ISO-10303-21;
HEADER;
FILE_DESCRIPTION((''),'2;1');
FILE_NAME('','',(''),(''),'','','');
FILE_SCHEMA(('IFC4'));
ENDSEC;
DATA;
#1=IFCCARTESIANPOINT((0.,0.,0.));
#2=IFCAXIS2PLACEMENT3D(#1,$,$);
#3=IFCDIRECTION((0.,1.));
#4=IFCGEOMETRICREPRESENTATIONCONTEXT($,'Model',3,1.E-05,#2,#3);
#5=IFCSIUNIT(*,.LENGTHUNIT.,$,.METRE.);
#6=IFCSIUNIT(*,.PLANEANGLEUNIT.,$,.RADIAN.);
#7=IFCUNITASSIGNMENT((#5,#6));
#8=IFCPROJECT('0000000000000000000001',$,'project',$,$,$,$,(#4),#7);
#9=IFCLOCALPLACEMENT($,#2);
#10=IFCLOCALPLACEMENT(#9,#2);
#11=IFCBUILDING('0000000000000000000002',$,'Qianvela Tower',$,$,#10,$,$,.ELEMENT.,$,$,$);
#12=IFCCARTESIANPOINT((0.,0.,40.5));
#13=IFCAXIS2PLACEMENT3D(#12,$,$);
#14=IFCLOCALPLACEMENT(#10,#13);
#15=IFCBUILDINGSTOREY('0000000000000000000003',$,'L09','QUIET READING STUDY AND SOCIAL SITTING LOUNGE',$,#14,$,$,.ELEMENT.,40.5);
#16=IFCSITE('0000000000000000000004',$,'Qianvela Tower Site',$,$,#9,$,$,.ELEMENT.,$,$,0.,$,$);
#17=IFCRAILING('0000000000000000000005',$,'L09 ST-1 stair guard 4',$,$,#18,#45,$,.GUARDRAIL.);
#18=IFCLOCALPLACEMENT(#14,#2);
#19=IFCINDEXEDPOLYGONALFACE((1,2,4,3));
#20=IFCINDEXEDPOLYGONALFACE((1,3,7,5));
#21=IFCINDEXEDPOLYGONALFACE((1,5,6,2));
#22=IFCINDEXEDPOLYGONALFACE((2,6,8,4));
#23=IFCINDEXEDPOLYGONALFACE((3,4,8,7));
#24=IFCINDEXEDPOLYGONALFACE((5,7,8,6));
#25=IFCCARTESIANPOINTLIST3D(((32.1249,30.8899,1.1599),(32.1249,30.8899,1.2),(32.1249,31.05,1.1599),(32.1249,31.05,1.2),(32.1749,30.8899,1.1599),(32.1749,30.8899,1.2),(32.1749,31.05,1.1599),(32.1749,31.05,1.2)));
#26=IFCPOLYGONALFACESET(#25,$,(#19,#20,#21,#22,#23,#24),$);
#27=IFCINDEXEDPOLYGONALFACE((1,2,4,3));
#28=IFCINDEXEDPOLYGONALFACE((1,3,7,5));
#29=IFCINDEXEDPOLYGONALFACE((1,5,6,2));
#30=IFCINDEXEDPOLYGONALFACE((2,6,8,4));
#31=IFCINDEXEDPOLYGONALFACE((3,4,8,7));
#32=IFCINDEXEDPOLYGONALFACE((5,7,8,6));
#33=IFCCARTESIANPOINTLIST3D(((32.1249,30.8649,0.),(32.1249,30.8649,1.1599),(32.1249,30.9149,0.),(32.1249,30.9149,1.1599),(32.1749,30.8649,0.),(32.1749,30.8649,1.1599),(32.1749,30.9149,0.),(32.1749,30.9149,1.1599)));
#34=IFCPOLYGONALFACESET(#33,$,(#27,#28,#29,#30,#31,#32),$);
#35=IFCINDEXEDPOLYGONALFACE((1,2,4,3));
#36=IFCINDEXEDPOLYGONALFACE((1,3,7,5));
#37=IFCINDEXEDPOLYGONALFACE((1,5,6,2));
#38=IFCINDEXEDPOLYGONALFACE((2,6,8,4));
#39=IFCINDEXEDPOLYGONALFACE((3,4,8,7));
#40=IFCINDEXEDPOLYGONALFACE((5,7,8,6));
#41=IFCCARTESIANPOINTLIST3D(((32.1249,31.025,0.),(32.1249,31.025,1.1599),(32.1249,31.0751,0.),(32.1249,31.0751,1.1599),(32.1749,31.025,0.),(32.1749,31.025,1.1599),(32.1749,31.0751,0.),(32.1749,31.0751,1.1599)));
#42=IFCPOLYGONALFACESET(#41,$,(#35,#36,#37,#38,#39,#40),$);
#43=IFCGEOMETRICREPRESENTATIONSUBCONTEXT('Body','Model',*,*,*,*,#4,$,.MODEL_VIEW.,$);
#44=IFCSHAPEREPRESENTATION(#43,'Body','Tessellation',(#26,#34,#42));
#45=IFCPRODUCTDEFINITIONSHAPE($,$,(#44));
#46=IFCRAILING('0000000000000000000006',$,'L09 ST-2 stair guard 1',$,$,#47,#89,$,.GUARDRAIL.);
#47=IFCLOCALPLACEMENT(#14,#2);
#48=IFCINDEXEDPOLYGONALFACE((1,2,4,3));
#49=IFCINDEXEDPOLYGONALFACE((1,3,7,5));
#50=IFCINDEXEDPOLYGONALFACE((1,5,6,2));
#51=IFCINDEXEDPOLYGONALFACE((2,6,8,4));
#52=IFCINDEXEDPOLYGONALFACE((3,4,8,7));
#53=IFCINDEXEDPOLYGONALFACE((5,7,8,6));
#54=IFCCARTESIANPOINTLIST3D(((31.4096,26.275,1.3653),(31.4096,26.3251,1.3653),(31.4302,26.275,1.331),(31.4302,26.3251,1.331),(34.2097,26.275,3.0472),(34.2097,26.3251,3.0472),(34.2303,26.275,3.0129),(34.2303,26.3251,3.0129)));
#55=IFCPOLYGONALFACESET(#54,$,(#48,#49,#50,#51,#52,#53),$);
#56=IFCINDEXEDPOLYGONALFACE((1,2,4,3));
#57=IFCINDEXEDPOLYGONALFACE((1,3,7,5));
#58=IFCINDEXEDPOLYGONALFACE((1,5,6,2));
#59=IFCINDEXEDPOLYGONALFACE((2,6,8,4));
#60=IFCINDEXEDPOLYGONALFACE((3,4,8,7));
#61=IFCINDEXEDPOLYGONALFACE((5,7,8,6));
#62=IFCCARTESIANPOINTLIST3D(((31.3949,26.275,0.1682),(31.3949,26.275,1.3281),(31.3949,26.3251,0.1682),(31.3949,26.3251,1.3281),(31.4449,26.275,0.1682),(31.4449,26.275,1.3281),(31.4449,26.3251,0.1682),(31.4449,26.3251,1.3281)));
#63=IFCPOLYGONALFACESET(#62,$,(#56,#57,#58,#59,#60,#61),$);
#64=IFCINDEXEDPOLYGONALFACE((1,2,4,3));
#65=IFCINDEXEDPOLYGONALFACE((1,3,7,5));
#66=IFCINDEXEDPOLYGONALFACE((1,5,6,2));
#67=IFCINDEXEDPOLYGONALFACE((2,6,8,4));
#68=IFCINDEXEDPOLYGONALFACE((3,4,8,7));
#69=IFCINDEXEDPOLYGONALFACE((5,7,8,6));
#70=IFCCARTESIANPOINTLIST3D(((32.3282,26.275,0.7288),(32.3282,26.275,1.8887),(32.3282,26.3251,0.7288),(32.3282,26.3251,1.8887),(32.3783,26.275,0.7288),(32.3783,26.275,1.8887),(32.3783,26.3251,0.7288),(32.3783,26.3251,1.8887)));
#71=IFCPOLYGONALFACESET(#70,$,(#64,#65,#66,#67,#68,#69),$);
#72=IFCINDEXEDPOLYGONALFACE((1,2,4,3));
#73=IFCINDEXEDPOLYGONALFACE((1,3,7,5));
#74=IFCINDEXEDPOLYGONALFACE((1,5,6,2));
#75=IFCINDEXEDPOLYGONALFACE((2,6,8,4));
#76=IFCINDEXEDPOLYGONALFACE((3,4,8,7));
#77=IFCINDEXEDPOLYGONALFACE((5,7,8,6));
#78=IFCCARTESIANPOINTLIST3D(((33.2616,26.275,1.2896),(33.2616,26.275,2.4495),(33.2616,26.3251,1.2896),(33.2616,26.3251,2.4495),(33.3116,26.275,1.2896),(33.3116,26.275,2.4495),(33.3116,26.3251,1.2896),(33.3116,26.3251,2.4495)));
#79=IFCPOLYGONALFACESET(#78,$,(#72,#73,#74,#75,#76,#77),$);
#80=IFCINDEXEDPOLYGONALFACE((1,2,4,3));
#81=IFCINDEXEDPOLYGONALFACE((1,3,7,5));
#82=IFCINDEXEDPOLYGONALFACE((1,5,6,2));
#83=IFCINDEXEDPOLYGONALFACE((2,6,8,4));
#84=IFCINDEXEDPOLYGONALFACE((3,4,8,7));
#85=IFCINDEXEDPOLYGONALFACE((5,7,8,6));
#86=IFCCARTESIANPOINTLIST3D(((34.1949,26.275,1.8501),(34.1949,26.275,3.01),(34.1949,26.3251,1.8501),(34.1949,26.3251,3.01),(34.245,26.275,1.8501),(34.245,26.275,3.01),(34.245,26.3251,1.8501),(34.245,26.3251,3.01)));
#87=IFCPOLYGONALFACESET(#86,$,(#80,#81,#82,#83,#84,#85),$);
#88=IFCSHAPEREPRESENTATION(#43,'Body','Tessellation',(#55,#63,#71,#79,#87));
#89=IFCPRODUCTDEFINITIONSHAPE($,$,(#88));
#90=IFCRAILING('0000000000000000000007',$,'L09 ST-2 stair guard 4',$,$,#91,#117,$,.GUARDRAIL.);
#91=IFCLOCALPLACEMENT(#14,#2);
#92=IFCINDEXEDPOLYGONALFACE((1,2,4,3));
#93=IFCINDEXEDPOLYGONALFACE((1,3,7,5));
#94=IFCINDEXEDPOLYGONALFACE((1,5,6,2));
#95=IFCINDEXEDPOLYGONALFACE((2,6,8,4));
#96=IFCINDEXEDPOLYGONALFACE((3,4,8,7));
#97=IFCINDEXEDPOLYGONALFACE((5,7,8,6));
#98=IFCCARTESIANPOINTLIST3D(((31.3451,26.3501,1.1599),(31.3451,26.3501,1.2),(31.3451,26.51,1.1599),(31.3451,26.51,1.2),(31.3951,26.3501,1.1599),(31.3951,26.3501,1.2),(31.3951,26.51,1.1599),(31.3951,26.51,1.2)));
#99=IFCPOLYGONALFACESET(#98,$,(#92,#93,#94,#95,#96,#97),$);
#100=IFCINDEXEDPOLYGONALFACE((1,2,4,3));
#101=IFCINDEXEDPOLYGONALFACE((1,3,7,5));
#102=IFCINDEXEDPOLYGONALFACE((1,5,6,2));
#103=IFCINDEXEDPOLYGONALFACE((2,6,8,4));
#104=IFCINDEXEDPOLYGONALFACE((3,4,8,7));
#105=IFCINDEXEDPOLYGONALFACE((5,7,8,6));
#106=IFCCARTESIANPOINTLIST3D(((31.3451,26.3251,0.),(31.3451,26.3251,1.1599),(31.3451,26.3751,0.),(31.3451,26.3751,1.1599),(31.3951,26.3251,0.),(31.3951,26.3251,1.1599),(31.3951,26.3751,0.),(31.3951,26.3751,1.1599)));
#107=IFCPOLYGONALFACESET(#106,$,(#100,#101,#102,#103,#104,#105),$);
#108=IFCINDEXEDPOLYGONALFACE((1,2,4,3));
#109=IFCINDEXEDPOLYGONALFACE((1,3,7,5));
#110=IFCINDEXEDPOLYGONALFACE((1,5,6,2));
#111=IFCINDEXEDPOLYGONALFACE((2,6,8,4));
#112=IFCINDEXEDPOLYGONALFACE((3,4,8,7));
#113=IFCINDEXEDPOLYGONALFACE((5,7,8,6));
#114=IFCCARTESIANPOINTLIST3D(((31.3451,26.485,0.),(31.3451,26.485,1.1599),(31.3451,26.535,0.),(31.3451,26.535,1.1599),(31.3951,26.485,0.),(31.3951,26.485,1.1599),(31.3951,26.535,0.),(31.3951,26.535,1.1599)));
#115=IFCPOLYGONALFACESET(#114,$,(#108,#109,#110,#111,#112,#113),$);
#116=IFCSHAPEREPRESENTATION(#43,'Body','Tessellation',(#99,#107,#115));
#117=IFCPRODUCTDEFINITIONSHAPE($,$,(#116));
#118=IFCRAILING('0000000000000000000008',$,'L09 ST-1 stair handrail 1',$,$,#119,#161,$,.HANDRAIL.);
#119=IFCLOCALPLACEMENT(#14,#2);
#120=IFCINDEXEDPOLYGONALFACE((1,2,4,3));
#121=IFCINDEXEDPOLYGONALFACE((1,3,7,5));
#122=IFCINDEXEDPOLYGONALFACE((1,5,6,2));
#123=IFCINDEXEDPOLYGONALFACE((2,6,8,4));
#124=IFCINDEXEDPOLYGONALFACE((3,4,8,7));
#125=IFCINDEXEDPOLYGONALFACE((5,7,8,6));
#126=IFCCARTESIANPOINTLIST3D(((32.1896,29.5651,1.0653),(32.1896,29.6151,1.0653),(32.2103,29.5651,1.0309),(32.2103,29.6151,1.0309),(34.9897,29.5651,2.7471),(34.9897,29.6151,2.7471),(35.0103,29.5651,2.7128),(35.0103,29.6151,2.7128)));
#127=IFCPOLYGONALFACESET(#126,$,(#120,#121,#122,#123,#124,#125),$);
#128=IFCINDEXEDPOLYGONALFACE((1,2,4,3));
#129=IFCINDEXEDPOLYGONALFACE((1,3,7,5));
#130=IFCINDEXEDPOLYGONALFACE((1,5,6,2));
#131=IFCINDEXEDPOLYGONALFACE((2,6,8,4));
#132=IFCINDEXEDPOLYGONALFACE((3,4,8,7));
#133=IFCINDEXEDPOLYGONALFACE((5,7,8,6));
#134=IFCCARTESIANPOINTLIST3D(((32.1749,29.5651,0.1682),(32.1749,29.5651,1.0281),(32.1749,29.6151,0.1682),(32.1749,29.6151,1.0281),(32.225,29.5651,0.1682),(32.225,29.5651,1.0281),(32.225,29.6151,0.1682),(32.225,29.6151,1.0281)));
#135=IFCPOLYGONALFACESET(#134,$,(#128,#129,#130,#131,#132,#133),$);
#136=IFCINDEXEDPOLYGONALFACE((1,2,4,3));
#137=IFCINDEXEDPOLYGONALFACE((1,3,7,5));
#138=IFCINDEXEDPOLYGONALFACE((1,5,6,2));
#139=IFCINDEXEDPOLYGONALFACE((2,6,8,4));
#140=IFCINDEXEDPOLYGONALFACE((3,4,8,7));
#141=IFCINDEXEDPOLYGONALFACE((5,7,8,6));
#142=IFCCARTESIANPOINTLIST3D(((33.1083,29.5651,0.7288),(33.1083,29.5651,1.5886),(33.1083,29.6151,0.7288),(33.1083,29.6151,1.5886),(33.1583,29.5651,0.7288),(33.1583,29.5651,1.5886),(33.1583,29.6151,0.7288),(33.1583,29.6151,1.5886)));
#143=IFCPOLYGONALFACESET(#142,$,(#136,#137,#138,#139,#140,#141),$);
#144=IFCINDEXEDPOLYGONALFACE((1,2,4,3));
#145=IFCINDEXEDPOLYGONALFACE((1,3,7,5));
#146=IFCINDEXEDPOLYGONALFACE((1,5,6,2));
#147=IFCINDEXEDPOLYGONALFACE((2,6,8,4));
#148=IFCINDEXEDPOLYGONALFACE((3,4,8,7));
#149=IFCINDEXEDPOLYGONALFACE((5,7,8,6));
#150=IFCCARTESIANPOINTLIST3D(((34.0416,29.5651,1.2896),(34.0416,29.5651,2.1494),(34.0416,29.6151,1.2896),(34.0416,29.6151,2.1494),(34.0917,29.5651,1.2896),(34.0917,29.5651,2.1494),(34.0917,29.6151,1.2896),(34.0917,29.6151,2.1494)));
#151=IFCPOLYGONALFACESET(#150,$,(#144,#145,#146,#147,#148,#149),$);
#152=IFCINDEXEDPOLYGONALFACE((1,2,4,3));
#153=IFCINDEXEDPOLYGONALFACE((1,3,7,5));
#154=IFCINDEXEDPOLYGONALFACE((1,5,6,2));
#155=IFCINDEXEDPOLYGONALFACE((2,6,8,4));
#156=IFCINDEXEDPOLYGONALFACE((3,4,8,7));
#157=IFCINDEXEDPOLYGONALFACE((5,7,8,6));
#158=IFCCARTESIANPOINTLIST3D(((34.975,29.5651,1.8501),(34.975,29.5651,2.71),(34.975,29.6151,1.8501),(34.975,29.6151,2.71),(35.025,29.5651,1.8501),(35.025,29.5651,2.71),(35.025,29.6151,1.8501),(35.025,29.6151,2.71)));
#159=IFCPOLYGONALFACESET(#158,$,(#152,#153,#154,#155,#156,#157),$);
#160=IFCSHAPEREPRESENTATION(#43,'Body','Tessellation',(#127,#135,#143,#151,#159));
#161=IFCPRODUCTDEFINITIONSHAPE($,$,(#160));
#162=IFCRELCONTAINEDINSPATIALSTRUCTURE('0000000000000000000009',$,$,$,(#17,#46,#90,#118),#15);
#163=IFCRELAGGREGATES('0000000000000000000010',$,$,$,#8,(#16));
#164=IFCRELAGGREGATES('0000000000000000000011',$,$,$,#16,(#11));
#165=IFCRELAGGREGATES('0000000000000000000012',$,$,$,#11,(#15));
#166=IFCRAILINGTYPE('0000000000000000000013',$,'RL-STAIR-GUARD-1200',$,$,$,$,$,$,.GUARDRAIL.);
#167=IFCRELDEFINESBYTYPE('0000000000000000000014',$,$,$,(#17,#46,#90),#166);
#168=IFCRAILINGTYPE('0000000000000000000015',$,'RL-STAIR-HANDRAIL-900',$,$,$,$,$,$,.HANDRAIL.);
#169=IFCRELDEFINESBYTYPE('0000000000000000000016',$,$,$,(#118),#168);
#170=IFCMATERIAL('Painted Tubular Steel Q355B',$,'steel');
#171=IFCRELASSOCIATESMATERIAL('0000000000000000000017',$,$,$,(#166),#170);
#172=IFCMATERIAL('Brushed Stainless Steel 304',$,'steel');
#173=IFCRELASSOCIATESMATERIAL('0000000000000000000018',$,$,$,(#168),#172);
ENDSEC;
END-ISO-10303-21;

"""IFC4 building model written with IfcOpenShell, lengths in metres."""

from ifc_helpers import new_model, si_unit, direction, frame, origin, origin_2d, place, context, subcontext, project, spatial, rectangle, extrude, material, type_object, element, save


model = new_model("IFC4")

# Units and contexts
model_context = context("Model", 3, precision=1e-05, world=origin(), true_north=direction((0.0, 1.0)))
body_context = subcontext(model_context, "Body", "Model", "MODEL_VIEW")
ifc_project = project(units=[si_unit("LENGTHUNIT", "METRE"), si_unit("PLANEANGLEUNIT", "RADIAN")], contexts=[model_context])

# Site, building, storey
site_placement = place(None, origin())
site = spatial("IfcSite", under=ifc_project, at=site_placement, Name="Qianvela Tower Site", CompositionType="ELEMENT", RefElevation=0.0)
building_placement = place(site_placement, origin())
building = spatial("IfcBuilding", under=site, at=building_placement, Name="Qianvela Tower", CompositionType="ELEMENT")
storey_placement = place(building_placement, frame((0.0, 0.0, 40.5)))
storey = spatial("IfcBuildingStorey", under=building, at=storey_placement, Name="L09", Description="QUIET READING STUDY AND SOCIAL SITTING LOUNGE", CompositionType="ELEMENT", Elevation=40.5)

# Railings
ifc_material_1 = material(Name="Painted Tubular Steel Q355B", Category="steel")
railing_type_1 = type_object("IfcRailingType", Name="RL-STAIR-GUARD-1200", PredefinedType="GUARDRAIL", material=ifc_material_1)
railing_1_placement = place(storey_placement, frame((32.1499, 30.8899, 0.0)))
element("IfcRailing", 1, at=railing_1_placement, inside=storey, type_object=railing_type_1, Name="L09 ST-1 stair guard 4", PredefinedType="GUARDRAIL", context=body_context, shape_type="SweptSolid", body=[
    extrude(rectangle(XDim=0.05, YDim=0.04, at=origin_2d()), frame((0.0, 0.0, 1.1799), z_axis=(0.0, 1.0, 0.0), x_axis=(-1.0, 0.0, 0.0)), (0.0, 0.0, 1.0), 0.1602),
    extrude(rectangle(XDim=0.05, YDim=0.05, at=origin_2d()), origin(), (0.0, 0.0, 1.0), 1.1599),
    extrude(rectangle(XDim=0.05, YDim=0.05, at=origin_2d()), frame((0.0, 0.1602, 0.0)), (0.0, 0.0, 1.0), 1.1599),
])
railing_2_placement = place(storey_placement, frame((31.4199, 26.3, 0.1682)))
element("IfcRailing", 2, at=railing_2_placement, inside=storey, type_object=railing_type_1, Name="L09 ST-2 stair guard 1", PredefinedType="GUARDRAIL", context=body_context, shape_type="SweptSolid", body=[
    extrude(rectangle(XDim=0.05, YDim=0.04, at=origin_2d()), frame((0.0, 0.0, 1.1799), z_axis=(0.857242, 0.0, 0.514913), x_axis=(0.0, 1.0, 0.0)), (0.0, 0.0, 1.0), 3.2664),
    extrude(rectangle(XDim=0.05, YDim=0.05, at=origin_2d()), origin(), (0.0, 0.0, 1.0), 1.1599),
    extrude(rectangle(XDim=0.05, YDim=0.05, at=origin_2d()), frame((0.9333, 0.0, 0.5605)), (0.0, 0.0, 1.0), 1.1599),
    extrude(rectangle(XDim=0.05, YDim=0.05, at=origin_2d()), frame((1.8667, 0.0, 1.1213)), (0.0, 0.0, 1.0), 1.1599),
    extrude(rectangle(XDim=0.05, YDim=0.05, at=origin_2d()), frame((2.8, 0.0, 1.6819)), (0.0, 0.0, 1.0), 1.1599),
])
railing_3_placement = place(storey_placement, frame((31.3701, 26.3501, 0.0)))
element("IfcRailing", 3, at=railing_3_placement, inside=storey, type_object=railing_type_1, Name="L09 ST-2 stair guard 4", PredefinedType="GUARDRAIL", context=body_context, shape_type="SweptSolid", body=[
    extrude(rectangle(XDim=0.05, YDim=0.04, at=origin_2d()), frame((0.0, 0.0, 1.1799), z_axis=(0.0, 1.0, 0.0), x_axis=(-1.0, 0.0, 0.0)), (0.0, 0.0, 1.0), 0.1599),
    extrude(rectangle(XDim=0.05, YDim=0.05, at=origin_2d()), origin(), (0.0, 0.0, 1.0), 1.1599),
    extrude(rectangle(XDim=0.05, YDim=0.05, at=origin_2d()), frame((0.0, 0.1599, 0.0)), (0.0, 0.0, 1.0), 1.1599),
])
ifc_material_2 = material(Name="Brushed Stainless Steel 304", Category="steel")
railing_type_2 = type_object("IfcRailingType", Name="RL-STAIR-HANDRAIL-900", PredefinedType="HANDRAIL", material=ifc_material_2)
railing_4_placement = place(storey_placement, frame((32.2, 29.5901, 0.1682)))
element("IfcRailing", 4, at=railing_4_placement, inside=storey, type_object=railing_type_2, Name="L09 ST-1 stair handrail 1", PredefinedType="HANDRAIL", context=body_context, shape_type="SweptSolid", body=[
    extrude(rectangle(XDim=0.05, YDim=0.04, at=origin_2d()), frame((0.0, 0.0, 0.8799), z_axis=(0.857242, 0.0, 0.514913), x_axis=(0.0, 1.0, 0.0)), (0.0, 0.0, 1.0), 3.2664),
    extrude(rectangle(XDim=0.05, YDim=0.05, at=origin_2d()), origin(), (0.0, 0.0, 1.0), 0.8599),
    extrude(rectangle(XDim=0.05, YDim=0.05, at=origin_2d()), frame((0.9333, 0.0, 0.5605)), (0.0, 0.0, 1.0), 0.8599),
    extrude(rectangle(XDim=0.05, YDim=0.05, at=origin_2d()), frame((1.8667, 0.0, 1.1213)), (0.0, 0.0, 1.0), 0.8599),
    extrude(rectangle(XDim=0.05, YDim=0.05, at=origin_2d()), frame((2.8, 0.0, 1.6819)), (0.0, 0.0, 1.0), 0.8599),
])

save(model, "model.ifc")
